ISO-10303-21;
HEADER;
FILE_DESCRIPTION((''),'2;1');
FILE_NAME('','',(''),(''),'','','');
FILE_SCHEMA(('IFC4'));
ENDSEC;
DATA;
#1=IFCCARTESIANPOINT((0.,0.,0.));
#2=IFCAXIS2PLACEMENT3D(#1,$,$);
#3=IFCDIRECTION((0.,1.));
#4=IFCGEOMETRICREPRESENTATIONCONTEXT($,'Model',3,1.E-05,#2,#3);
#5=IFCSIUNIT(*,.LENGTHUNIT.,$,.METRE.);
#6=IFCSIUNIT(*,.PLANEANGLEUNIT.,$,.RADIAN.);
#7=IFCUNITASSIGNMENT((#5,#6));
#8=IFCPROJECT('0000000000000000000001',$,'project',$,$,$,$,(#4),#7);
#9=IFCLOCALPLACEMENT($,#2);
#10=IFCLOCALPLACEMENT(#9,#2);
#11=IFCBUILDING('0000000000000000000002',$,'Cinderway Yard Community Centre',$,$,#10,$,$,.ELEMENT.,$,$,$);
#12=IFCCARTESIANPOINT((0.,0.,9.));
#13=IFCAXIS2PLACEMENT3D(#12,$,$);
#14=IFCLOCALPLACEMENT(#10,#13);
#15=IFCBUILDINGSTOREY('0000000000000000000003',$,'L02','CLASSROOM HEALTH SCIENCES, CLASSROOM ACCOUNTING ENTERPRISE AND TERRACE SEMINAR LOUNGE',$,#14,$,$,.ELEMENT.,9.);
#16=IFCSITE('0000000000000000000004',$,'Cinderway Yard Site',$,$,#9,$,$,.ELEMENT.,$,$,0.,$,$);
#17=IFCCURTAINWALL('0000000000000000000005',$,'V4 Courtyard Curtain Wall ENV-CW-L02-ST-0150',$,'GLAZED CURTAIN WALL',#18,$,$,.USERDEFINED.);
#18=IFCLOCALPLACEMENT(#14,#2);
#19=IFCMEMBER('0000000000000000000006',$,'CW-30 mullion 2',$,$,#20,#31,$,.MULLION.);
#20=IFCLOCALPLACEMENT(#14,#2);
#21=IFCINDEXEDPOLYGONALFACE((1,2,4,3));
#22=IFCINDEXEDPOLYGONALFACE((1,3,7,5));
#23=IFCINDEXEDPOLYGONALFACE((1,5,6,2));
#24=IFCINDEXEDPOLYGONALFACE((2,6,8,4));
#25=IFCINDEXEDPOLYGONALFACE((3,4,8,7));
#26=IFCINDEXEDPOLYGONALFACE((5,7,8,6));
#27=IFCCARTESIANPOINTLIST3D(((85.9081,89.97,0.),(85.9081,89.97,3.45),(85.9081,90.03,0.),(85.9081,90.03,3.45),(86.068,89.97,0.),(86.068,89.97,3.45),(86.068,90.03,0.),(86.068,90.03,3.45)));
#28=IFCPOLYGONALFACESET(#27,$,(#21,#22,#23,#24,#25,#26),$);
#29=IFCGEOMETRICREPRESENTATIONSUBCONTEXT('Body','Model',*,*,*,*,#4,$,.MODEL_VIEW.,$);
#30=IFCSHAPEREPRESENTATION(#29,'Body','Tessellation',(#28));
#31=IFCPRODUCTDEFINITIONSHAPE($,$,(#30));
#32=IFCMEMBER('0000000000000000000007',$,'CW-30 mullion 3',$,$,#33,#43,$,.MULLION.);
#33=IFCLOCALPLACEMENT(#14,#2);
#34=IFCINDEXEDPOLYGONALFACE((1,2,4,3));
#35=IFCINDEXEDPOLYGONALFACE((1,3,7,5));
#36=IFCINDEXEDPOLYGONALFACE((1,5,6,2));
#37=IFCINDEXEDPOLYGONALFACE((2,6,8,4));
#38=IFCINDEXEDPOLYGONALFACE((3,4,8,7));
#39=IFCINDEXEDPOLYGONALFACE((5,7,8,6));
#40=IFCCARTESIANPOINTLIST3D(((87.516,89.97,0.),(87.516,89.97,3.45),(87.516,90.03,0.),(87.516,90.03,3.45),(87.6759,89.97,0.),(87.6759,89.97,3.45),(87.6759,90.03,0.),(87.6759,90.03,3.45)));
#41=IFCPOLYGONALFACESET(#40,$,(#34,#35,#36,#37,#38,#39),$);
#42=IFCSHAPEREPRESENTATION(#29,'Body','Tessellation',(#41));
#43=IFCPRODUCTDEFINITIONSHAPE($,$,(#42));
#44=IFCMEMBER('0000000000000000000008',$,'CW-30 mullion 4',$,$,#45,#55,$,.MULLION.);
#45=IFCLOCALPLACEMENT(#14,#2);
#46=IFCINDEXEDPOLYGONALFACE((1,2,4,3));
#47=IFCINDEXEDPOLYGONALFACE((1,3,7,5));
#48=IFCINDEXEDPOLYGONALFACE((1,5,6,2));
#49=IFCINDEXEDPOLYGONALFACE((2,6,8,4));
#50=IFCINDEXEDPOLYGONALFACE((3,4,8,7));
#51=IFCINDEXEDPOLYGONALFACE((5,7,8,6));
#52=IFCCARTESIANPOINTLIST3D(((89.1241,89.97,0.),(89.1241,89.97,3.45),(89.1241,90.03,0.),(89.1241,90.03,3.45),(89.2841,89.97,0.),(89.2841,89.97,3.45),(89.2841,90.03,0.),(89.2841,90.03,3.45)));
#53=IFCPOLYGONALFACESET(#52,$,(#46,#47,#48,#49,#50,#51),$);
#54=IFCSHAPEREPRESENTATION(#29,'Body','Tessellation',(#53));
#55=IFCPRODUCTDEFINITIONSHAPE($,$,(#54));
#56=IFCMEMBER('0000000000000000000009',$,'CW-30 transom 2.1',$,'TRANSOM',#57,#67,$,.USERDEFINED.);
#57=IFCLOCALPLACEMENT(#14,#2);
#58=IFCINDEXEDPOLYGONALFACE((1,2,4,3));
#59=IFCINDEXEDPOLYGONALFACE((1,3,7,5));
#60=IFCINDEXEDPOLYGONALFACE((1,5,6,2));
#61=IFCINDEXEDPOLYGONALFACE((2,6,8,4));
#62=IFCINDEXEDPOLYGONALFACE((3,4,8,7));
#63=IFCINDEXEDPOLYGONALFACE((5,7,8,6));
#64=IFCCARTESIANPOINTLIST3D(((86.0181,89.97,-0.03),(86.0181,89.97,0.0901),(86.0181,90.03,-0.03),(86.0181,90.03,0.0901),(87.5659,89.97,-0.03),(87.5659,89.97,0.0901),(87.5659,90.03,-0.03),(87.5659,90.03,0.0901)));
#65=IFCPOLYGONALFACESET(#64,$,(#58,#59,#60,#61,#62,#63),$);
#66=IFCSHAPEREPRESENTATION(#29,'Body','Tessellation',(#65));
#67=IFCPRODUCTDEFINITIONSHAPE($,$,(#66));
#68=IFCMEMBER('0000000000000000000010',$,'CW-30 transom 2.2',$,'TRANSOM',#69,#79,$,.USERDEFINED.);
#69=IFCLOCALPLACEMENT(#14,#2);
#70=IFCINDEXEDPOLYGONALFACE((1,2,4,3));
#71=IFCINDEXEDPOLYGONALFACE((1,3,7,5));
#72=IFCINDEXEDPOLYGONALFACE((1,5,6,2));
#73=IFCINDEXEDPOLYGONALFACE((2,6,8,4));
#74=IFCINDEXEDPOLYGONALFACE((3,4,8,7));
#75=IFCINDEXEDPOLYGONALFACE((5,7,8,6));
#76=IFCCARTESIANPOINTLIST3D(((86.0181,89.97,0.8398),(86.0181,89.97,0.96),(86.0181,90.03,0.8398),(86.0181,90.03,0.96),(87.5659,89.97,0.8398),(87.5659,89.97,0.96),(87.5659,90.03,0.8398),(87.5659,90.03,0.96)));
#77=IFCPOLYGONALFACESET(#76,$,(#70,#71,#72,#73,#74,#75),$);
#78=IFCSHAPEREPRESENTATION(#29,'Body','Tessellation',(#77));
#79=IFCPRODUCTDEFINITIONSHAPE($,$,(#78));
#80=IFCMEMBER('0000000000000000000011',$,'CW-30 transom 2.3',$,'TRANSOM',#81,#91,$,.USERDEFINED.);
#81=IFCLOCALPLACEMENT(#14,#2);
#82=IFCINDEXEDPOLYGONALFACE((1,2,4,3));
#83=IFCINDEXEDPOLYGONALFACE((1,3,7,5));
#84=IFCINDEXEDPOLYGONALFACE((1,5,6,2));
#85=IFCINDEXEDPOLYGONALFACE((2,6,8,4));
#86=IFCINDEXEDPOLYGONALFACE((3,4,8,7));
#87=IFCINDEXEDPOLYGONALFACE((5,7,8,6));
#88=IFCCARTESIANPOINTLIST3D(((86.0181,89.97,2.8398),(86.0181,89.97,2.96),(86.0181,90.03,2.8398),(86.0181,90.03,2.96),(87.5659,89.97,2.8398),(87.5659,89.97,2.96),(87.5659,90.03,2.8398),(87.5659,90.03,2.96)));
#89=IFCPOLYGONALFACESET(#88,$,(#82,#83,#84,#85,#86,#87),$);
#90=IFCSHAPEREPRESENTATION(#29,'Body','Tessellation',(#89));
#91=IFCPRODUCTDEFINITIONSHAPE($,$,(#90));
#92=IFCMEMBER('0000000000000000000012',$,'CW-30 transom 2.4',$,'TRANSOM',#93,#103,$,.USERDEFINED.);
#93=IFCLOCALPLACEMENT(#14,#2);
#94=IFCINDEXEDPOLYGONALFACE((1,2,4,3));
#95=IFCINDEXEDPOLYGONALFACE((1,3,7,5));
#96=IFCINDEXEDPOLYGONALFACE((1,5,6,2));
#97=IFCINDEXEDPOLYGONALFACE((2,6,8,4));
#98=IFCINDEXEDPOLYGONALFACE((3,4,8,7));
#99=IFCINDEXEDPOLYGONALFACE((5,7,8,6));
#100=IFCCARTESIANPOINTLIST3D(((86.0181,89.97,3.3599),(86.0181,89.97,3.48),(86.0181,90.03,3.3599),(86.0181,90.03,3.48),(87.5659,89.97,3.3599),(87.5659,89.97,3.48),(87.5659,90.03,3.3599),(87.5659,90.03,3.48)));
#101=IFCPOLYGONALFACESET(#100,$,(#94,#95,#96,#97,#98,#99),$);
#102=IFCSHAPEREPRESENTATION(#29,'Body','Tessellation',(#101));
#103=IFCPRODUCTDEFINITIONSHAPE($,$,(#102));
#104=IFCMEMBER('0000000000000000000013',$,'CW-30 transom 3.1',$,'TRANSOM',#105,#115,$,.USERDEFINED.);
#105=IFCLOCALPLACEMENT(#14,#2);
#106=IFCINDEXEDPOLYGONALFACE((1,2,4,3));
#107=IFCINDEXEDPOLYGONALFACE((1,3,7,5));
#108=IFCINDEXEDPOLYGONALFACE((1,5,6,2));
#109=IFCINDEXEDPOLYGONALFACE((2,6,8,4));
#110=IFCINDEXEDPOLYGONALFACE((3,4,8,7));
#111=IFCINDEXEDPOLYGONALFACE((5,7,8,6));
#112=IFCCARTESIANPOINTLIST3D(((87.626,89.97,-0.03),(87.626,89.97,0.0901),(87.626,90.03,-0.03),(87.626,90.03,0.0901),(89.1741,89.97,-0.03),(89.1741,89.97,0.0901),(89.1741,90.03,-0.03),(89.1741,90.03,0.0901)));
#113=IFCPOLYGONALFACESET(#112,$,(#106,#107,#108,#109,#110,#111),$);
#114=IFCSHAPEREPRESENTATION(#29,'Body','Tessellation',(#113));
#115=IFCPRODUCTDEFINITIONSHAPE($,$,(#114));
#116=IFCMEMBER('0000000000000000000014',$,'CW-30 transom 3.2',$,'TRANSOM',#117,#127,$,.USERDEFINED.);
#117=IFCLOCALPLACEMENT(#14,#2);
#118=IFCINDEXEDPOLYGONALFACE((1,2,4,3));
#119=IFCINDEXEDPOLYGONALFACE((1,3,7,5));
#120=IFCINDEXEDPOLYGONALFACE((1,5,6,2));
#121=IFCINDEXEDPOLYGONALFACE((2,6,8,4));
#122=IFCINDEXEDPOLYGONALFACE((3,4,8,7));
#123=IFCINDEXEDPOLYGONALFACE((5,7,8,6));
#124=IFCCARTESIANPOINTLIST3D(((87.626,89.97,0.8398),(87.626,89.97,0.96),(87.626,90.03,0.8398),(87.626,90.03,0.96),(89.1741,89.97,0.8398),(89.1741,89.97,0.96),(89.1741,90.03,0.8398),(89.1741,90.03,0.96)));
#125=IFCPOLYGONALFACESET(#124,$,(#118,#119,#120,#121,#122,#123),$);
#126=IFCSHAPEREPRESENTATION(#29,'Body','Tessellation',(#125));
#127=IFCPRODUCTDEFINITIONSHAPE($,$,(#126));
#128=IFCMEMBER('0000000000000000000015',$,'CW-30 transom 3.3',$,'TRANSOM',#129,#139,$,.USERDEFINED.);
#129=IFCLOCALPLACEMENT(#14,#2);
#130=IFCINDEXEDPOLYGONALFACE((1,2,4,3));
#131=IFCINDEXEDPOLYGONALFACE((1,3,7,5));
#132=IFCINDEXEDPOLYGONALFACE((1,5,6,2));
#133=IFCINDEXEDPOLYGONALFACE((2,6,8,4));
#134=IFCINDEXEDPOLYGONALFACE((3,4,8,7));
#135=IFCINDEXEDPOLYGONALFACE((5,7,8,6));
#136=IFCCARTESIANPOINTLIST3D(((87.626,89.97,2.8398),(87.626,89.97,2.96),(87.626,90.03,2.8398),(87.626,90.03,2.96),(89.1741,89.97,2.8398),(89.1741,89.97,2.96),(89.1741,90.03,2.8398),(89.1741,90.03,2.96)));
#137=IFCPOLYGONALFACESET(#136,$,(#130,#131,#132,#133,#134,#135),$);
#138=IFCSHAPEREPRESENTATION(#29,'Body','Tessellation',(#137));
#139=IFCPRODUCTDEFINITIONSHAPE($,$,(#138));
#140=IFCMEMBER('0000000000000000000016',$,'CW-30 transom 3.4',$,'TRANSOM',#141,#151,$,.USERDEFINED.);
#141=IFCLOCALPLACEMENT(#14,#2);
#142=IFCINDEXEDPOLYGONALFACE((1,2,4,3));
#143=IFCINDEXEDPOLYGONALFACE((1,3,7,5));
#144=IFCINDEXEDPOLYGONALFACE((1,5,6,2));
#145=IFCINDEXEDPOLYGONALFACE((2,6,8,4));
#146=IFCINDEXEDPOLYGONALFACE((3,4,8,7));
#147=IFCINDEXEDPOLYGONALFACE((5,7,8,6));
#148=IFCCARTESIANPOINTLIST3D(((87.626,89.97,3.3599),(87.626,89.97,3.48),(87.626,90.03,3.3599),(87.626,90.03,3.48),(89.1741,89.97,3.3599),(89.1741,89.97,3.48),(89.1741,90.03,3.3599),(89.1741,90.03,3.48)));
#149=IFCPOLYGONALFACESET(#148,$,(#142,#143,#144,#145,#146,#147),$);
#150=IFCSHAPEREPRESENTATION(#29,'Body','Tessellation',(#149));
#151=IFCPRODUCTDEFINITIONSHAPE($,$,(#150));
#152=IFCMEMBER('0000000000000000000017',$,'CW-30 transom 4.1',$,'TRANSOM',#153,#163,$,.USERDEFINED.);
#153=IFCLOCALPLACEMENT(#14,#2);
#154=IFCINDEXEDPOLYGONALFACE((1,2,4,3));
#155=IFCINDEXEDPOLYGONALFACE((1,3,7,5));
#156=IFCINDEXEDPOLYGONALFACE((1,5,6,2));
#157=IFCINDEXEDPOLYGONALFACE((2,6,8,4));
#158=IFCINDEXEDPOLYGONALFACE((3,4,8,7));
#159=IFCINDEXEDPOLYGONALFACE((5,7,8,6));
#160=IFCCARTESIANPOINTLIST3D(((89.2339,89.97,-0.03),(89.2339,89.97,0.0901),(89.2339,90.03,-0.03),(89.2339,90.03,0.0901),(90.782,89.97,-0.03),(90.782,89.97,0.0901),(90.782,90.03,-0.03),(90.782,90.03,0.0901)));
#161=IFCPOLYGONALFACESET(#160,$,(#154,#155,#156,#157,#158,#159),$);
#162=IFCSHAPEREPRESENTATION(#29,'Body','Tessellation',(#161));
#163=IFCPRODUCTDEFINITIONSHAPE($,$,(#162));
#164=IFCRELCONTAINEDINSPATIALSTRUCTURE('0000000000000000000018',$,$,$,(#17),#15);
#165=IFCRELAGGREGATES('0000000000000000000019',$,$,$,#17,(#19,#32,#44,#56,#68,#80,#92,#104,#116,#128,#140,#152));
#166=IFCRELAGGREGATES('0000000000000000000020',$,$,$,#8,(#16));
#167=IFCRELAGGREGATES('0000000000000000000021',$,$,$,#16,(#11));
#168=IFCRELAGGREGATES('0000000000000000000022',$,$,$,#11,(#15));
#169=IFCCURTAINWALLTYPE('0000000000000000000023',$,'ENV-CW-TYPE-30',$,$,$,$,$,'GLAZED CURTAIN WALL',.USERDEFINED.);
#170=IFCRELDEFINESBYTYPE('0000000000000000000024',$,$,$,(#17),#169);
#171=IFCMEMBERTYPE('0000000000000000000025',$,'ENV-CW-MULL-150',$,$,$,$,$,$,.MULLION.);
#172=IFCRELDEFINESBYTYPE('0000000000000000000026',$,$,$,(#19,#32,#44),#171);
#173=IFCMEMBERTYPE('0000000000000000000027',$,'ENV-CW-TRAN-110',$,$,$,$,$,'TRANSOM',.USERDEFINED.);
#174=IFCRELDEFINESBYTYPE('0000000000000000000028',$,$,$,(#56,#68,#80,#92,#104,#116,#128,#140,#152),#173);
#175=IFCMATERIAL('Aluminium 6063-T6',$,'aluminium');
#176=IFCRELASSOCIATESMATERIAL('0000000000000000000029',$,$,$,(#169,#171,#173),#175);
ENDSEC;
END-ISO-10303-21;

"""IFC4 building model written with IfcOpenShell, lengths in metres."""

from ifc_helpers import new_model, si_unit, direction, frame, origin, origin_2d, place, context, subcontext, project, spatial, rectangle, extrude, material, material_profile, profile_set, type_object, element, aggregate, save


model = new_model("IFC4")

# Units and contexts
model_context = context("Model", 3, precision=1e-05, world=origin(), true_north=direction((0.0, 1.0)))
body_context = subcontext(model_context, "Body", "Model", "MODEL_VIEW")
ifc_project = project(units=[si_unit("LENGTHUNIT", "METRE"), si_unit("PLANEANGLEUNIT", "RADIAN")], contexts=[model_context])

# Site, building, storey
site_placement = place(None, origin())
site = spatial("IfcSite", under=ifc_project, at=site_placement, Name="Cinderway Yard Site", CompositionType="ELEMENT", RefElevation=0.0)
building_placement = place(site_placement, origin())
building = spatial("IfcBuilding", under=site, at=building_placement, Name="Cinderway Yard Community Centre", CompositionType="ELEMENT")
storey_placement = place(building_placement, frame((0.0, 0.0, 9.0)))
storey = spatial("IfcBuildingStorey", under=building, at=storey_placement, Name="L02", Description="CLASSROOM HEALTH SCIENCES, CLASSROOM ACCOUNTING ENTERPRISE AND TERRACE SEMINAR LOUNGE", CompositionType="ELEMENT", Elevation=9.0)

# Curtain wall, members
ifc_material_1 = material(Name="Aluminium 6063-T6", Category="aluminium")
curtain_wall_type = type_object("IfcCurtainWallType", Name="ENV-CW-TYPE-30", ElementType="GLAZED CURTAIN WALL", PredefinedType="USERDEFINED", material=ifc_material_1)
curtain_wall_placement = place(storey_placement, origin())
curtain_wall = element("IfcCurtainWall", 1, at=curtain_wall_placement, inside=storey, type_object=curtain_wall_type, Name="V4 Courtyard Curtain Wall ENV-CW-L02-ST-0150", ObjectType="GLAZED CURTAIN WALL", PredefinedType="USERDEFINED")
ifc_material_profile_1 = material_profile(ifc_material_1, rectangle(XDim=0.0601, YDim=0.1599, at=origin_2d()), Name="Aluminium 6063-T6")
ifc_profile_set_1 = profile_set([ifc_material_profile_1], Name="Aluminium 6063-T6")
member_type_1 = type_object("IfcMemberType", Name="ENV-CW-MULL-150", PredefinedType="MULLION", material=ifc_profile_set_1)
member_1_placement = place(storey_placement, frame((85.988, 90.0, 0.0), z_axis=(0.0, 0.0, 1.0), x_axis=(0.0, 1.0, 0.0)))
member_1 = element("IfcMember", 2, at=member_1_placement, type_object=member_type_1, Name="CW-30 mullion 2", PredefinedType="MULLION", context=body_context, shape_type="SweptSolid", body=[
    extrude(rectangle(XDim=0.0601, YDim=0.1599, at=origin_2d()), origin(), (0.0, 0.0, 1.0), 3.45),
])
member_2_placement = place(storey_placement, frame((87.5959, 90.0, 0.0), z_axis=(0.0, 0.0, 1.0), x_axis=(0.0, 1.0, 0.0)))
member_2 = element("IfcMember", 3, at=member_2_placement, type_object=member_type_1, Name="CW-30 mullion 3", PredefinedType="MULLION", context=body_context, shape_type="SweptSolid", body=[
    extrude(rectangle(XDim=0.0601, YDim=0.1599, at=origin_2d()), origin(), (0.0, 0.0, 1.0), 3.45),
])
member_3_placement = place(storey_placement, frame((89.2041, 90.0, 0.0), z_axis=(0.0, 0.0, 1.0), x_axis=(0.0, 1.0, 0.0)))
member_3 = element("IfcMember", 4, at=member_3_placement, type_object=member_type_1, Name="CW-30 mullion 4", PredefinedType="MULLION", context=body_context, shape_type="SweptSolid", body=[
    extrude(rectangle(XDim=0.0601, YDim=0.1599, at=origin_2d()), origin(), (0.0, 0.0, 1.0), 3.45),
])
ifc_material_profile_2 = material_profile(ifc_material_1, rectangle(XDim=0.0601, YDim=0.1201, at=origin_2d()), Name="Aluminium 6063-T6")
ifc_profile_set_2 = profile_set([ifc_material_profile_2], Name="Aluminium 6063-T6")
member_type_2 = type_object("IfcMemberType", Name="ENV-CW-TRAN-110", ElementType="TRANSOM", PredefinedType="USERDEFINED", material=ifc_profile_set_2)
member_4_placement = place(storey_placement, frame((86.0181, 90.0, 0.03), z_axis=(1.0, 0.0, 0.0), x_axis=(0.0, 1.0, 0.0)))
member_4 = element("IfcMember", 5, at=member_4_placement, type_object=member_type_2, Name="CW-30 transom 2.1", ObjectType="TRANSOM", PredefinedType="USERDEFINED", context=body_context, shape_type="SweptSolid", body=[
    extrude(rectangle(XDim=0.0601, YDim=0.1201, at=origin_2d()), origin(), (0.0, 0.0, 1.0), 1.5479),
])
member_5_placement = place(storey_placement, frame((86.0181, 90.0, 0.8999), z_axis=(1.0, 0.0, 0.0), x_axis=(0.0, 1.0, 0.0)))
member_5 = element("IfcMember", 6, at=member_5_placement, type_object=member_type_2, Name="CW-30 transom 2.2", ObjectType="TRANSOM", PredefinedType="USERDEFINED", context=body_context, shape_type="SweptSolid", body=[
    extrude(rectangle(XDim=0.0601, YDim=0.1201, at=origin_2d()), origin(), (0.0, 0.0, 1.0), 1.5479),
])
member_6_placement = place(storey_placement, frame((86.0181, 90.0, 2.8999), z_axis=(1.0, 0.0, 0.0), x_axis=(0.0, 1.0, 0.0)))
member_6 = element("IfcMember", 7, at=member_6_placement, type_object=member_type_2, Name="CW-30 transom 2.3", ObjectType="TRANSOM", PredefinedType="USERDEFINED", context=body_context, shape_type="SweptSolid", body=[
    extrude(rectangle(XDim=0.0601, YDim=0.1201, at=origin_2d()), origin(), (0.0, 0.0, 1.0), 1.5479),
])
member_7_placement = place(storey_placement, frame((86.0181, 90.0, 3.4199), z_axis=(1.0, 0.0, 0.0), x_axis=(0.0, 1.0, 0.0)))
member_7 = element("IfcMember", 8, at=member_7_placement, type_object=member_type_2, Name="CW-30 transom 2.4", ObjectType="TRANSOM", PredefinedType="USERDEFINED", context=body_context, shape_type="SweptSolid", body=[
    extrude(rectangle(XDim=0.0601, YDim=0.1201, at=origin_2d()), origin(), (0.0, 0.0, 1.0), 1.5479),
])
member_8_placement = place(storey_placement, frame((87.626, 90.0, 0.03), z_axis=(1.0, 0.0, 0.0), x_axis=(0.0, 1.0, 0.0)))
member_8 = element("IfcMember", 9, at=member_8_placement, type_object=member_type_2, Name="CW-30 transom 3.1", ObjectType="TRANSOM", PredefinedType="USERDEFINED", context=body_context, shape_type="SweptSolid", body=[
    extrude(rectangle(XDim=0.0601, YDim=0.1201, at=origin_2d()), origin(), (0.0, 0.0, 1.0), 1.5481),
])
member_9_placement = place(storey_placement, frame((87.626, 90.0, 0.8999), z_axis=(1.0, 0.0, 0.0), x_axis=(0.0, 1.0, 0.0)))
member_9 = element("IfcMember", 10, at=member_9_placement, type_object=member_type_2, Name="CW-30 transom 3.2", ObjectType="TRANSOM", PredefinedType="USERDEFINED", context=body_context, shape_type="SweptSolid", body=[
    extrude(rectangle(XDim=0.0601, YDim=0.1201, at=origin_2d()), origin(), (0.0, 0.0, 1.0), 1.5481),
])
member_10_placement = place(storey_placement, frame((87.626, 90.0, 2.8999), z_axis=(1.0, 0.0, 0.0), x_axis=(0.0, 1.0, 0.0)))
member_10 = element("IfcMember", 11, at=member_10_placement, type_object=member_type_2, Name="CW-30 transom 3.3", ObjectType="TRANSOM", PredefinedType="USERDEFINED", context=body_context, shape_type="SweptSolid", body=[
    extrude(rectangle(XDim=0.0601, YDim=0.1201, at=origin_2d()), origin(), (0.0, 0.0, 1.0), 1.5481),
])
member_11_placement = place(storey_placement, frame((87.626, 90.0, 3.4199), z_axis=(1.0, 0.0, 0.0), x_axis=(0.0, 1.0, 0.0)))
member_11 = element("IfcMember", 12, at=member_11_placement, type_object=member_type_2, Name="CW-30 transom 3.4", ObjectType="TRANSOM", PredefinedType="USERDEFINED", context=body_context, shape_type="SweptSolid", body=[
    extrude(rectangle(XDim=0.0601, YDim=0.1201, at=origin_2d()), origin(), (0.0, 0.0, 1.0), 1.5481),
])
member_12_placement = place(storey_placement, frame((89.2339, 90.0, 0.03), z_axis=(1.0, 0.0, 0.0), x_axis=(0.0, 1.0, 0.0)))
member_12 = element("IfcMember", 13, at=member_12_placement, type_object=member_type_2, Name="CW-30 transom 4.1", ObjectType="TRANSOM", PredefinedType="USERDEFINED", context=body_context, shape_type="SweptSolid", body=[
    extrude(rectangle(XDim=0.0601, YDim=0.1201, at=origin_2d()), origin(), (0.0, 0.0, 1.0), 1.5481),
])

aggregate(curtain_wall, [member_1, member_2, member_3, member_4, member_5, member_6, member_7, member_8, member_9, member_10, member_11, member_12])

save(model, "model.ifc")
